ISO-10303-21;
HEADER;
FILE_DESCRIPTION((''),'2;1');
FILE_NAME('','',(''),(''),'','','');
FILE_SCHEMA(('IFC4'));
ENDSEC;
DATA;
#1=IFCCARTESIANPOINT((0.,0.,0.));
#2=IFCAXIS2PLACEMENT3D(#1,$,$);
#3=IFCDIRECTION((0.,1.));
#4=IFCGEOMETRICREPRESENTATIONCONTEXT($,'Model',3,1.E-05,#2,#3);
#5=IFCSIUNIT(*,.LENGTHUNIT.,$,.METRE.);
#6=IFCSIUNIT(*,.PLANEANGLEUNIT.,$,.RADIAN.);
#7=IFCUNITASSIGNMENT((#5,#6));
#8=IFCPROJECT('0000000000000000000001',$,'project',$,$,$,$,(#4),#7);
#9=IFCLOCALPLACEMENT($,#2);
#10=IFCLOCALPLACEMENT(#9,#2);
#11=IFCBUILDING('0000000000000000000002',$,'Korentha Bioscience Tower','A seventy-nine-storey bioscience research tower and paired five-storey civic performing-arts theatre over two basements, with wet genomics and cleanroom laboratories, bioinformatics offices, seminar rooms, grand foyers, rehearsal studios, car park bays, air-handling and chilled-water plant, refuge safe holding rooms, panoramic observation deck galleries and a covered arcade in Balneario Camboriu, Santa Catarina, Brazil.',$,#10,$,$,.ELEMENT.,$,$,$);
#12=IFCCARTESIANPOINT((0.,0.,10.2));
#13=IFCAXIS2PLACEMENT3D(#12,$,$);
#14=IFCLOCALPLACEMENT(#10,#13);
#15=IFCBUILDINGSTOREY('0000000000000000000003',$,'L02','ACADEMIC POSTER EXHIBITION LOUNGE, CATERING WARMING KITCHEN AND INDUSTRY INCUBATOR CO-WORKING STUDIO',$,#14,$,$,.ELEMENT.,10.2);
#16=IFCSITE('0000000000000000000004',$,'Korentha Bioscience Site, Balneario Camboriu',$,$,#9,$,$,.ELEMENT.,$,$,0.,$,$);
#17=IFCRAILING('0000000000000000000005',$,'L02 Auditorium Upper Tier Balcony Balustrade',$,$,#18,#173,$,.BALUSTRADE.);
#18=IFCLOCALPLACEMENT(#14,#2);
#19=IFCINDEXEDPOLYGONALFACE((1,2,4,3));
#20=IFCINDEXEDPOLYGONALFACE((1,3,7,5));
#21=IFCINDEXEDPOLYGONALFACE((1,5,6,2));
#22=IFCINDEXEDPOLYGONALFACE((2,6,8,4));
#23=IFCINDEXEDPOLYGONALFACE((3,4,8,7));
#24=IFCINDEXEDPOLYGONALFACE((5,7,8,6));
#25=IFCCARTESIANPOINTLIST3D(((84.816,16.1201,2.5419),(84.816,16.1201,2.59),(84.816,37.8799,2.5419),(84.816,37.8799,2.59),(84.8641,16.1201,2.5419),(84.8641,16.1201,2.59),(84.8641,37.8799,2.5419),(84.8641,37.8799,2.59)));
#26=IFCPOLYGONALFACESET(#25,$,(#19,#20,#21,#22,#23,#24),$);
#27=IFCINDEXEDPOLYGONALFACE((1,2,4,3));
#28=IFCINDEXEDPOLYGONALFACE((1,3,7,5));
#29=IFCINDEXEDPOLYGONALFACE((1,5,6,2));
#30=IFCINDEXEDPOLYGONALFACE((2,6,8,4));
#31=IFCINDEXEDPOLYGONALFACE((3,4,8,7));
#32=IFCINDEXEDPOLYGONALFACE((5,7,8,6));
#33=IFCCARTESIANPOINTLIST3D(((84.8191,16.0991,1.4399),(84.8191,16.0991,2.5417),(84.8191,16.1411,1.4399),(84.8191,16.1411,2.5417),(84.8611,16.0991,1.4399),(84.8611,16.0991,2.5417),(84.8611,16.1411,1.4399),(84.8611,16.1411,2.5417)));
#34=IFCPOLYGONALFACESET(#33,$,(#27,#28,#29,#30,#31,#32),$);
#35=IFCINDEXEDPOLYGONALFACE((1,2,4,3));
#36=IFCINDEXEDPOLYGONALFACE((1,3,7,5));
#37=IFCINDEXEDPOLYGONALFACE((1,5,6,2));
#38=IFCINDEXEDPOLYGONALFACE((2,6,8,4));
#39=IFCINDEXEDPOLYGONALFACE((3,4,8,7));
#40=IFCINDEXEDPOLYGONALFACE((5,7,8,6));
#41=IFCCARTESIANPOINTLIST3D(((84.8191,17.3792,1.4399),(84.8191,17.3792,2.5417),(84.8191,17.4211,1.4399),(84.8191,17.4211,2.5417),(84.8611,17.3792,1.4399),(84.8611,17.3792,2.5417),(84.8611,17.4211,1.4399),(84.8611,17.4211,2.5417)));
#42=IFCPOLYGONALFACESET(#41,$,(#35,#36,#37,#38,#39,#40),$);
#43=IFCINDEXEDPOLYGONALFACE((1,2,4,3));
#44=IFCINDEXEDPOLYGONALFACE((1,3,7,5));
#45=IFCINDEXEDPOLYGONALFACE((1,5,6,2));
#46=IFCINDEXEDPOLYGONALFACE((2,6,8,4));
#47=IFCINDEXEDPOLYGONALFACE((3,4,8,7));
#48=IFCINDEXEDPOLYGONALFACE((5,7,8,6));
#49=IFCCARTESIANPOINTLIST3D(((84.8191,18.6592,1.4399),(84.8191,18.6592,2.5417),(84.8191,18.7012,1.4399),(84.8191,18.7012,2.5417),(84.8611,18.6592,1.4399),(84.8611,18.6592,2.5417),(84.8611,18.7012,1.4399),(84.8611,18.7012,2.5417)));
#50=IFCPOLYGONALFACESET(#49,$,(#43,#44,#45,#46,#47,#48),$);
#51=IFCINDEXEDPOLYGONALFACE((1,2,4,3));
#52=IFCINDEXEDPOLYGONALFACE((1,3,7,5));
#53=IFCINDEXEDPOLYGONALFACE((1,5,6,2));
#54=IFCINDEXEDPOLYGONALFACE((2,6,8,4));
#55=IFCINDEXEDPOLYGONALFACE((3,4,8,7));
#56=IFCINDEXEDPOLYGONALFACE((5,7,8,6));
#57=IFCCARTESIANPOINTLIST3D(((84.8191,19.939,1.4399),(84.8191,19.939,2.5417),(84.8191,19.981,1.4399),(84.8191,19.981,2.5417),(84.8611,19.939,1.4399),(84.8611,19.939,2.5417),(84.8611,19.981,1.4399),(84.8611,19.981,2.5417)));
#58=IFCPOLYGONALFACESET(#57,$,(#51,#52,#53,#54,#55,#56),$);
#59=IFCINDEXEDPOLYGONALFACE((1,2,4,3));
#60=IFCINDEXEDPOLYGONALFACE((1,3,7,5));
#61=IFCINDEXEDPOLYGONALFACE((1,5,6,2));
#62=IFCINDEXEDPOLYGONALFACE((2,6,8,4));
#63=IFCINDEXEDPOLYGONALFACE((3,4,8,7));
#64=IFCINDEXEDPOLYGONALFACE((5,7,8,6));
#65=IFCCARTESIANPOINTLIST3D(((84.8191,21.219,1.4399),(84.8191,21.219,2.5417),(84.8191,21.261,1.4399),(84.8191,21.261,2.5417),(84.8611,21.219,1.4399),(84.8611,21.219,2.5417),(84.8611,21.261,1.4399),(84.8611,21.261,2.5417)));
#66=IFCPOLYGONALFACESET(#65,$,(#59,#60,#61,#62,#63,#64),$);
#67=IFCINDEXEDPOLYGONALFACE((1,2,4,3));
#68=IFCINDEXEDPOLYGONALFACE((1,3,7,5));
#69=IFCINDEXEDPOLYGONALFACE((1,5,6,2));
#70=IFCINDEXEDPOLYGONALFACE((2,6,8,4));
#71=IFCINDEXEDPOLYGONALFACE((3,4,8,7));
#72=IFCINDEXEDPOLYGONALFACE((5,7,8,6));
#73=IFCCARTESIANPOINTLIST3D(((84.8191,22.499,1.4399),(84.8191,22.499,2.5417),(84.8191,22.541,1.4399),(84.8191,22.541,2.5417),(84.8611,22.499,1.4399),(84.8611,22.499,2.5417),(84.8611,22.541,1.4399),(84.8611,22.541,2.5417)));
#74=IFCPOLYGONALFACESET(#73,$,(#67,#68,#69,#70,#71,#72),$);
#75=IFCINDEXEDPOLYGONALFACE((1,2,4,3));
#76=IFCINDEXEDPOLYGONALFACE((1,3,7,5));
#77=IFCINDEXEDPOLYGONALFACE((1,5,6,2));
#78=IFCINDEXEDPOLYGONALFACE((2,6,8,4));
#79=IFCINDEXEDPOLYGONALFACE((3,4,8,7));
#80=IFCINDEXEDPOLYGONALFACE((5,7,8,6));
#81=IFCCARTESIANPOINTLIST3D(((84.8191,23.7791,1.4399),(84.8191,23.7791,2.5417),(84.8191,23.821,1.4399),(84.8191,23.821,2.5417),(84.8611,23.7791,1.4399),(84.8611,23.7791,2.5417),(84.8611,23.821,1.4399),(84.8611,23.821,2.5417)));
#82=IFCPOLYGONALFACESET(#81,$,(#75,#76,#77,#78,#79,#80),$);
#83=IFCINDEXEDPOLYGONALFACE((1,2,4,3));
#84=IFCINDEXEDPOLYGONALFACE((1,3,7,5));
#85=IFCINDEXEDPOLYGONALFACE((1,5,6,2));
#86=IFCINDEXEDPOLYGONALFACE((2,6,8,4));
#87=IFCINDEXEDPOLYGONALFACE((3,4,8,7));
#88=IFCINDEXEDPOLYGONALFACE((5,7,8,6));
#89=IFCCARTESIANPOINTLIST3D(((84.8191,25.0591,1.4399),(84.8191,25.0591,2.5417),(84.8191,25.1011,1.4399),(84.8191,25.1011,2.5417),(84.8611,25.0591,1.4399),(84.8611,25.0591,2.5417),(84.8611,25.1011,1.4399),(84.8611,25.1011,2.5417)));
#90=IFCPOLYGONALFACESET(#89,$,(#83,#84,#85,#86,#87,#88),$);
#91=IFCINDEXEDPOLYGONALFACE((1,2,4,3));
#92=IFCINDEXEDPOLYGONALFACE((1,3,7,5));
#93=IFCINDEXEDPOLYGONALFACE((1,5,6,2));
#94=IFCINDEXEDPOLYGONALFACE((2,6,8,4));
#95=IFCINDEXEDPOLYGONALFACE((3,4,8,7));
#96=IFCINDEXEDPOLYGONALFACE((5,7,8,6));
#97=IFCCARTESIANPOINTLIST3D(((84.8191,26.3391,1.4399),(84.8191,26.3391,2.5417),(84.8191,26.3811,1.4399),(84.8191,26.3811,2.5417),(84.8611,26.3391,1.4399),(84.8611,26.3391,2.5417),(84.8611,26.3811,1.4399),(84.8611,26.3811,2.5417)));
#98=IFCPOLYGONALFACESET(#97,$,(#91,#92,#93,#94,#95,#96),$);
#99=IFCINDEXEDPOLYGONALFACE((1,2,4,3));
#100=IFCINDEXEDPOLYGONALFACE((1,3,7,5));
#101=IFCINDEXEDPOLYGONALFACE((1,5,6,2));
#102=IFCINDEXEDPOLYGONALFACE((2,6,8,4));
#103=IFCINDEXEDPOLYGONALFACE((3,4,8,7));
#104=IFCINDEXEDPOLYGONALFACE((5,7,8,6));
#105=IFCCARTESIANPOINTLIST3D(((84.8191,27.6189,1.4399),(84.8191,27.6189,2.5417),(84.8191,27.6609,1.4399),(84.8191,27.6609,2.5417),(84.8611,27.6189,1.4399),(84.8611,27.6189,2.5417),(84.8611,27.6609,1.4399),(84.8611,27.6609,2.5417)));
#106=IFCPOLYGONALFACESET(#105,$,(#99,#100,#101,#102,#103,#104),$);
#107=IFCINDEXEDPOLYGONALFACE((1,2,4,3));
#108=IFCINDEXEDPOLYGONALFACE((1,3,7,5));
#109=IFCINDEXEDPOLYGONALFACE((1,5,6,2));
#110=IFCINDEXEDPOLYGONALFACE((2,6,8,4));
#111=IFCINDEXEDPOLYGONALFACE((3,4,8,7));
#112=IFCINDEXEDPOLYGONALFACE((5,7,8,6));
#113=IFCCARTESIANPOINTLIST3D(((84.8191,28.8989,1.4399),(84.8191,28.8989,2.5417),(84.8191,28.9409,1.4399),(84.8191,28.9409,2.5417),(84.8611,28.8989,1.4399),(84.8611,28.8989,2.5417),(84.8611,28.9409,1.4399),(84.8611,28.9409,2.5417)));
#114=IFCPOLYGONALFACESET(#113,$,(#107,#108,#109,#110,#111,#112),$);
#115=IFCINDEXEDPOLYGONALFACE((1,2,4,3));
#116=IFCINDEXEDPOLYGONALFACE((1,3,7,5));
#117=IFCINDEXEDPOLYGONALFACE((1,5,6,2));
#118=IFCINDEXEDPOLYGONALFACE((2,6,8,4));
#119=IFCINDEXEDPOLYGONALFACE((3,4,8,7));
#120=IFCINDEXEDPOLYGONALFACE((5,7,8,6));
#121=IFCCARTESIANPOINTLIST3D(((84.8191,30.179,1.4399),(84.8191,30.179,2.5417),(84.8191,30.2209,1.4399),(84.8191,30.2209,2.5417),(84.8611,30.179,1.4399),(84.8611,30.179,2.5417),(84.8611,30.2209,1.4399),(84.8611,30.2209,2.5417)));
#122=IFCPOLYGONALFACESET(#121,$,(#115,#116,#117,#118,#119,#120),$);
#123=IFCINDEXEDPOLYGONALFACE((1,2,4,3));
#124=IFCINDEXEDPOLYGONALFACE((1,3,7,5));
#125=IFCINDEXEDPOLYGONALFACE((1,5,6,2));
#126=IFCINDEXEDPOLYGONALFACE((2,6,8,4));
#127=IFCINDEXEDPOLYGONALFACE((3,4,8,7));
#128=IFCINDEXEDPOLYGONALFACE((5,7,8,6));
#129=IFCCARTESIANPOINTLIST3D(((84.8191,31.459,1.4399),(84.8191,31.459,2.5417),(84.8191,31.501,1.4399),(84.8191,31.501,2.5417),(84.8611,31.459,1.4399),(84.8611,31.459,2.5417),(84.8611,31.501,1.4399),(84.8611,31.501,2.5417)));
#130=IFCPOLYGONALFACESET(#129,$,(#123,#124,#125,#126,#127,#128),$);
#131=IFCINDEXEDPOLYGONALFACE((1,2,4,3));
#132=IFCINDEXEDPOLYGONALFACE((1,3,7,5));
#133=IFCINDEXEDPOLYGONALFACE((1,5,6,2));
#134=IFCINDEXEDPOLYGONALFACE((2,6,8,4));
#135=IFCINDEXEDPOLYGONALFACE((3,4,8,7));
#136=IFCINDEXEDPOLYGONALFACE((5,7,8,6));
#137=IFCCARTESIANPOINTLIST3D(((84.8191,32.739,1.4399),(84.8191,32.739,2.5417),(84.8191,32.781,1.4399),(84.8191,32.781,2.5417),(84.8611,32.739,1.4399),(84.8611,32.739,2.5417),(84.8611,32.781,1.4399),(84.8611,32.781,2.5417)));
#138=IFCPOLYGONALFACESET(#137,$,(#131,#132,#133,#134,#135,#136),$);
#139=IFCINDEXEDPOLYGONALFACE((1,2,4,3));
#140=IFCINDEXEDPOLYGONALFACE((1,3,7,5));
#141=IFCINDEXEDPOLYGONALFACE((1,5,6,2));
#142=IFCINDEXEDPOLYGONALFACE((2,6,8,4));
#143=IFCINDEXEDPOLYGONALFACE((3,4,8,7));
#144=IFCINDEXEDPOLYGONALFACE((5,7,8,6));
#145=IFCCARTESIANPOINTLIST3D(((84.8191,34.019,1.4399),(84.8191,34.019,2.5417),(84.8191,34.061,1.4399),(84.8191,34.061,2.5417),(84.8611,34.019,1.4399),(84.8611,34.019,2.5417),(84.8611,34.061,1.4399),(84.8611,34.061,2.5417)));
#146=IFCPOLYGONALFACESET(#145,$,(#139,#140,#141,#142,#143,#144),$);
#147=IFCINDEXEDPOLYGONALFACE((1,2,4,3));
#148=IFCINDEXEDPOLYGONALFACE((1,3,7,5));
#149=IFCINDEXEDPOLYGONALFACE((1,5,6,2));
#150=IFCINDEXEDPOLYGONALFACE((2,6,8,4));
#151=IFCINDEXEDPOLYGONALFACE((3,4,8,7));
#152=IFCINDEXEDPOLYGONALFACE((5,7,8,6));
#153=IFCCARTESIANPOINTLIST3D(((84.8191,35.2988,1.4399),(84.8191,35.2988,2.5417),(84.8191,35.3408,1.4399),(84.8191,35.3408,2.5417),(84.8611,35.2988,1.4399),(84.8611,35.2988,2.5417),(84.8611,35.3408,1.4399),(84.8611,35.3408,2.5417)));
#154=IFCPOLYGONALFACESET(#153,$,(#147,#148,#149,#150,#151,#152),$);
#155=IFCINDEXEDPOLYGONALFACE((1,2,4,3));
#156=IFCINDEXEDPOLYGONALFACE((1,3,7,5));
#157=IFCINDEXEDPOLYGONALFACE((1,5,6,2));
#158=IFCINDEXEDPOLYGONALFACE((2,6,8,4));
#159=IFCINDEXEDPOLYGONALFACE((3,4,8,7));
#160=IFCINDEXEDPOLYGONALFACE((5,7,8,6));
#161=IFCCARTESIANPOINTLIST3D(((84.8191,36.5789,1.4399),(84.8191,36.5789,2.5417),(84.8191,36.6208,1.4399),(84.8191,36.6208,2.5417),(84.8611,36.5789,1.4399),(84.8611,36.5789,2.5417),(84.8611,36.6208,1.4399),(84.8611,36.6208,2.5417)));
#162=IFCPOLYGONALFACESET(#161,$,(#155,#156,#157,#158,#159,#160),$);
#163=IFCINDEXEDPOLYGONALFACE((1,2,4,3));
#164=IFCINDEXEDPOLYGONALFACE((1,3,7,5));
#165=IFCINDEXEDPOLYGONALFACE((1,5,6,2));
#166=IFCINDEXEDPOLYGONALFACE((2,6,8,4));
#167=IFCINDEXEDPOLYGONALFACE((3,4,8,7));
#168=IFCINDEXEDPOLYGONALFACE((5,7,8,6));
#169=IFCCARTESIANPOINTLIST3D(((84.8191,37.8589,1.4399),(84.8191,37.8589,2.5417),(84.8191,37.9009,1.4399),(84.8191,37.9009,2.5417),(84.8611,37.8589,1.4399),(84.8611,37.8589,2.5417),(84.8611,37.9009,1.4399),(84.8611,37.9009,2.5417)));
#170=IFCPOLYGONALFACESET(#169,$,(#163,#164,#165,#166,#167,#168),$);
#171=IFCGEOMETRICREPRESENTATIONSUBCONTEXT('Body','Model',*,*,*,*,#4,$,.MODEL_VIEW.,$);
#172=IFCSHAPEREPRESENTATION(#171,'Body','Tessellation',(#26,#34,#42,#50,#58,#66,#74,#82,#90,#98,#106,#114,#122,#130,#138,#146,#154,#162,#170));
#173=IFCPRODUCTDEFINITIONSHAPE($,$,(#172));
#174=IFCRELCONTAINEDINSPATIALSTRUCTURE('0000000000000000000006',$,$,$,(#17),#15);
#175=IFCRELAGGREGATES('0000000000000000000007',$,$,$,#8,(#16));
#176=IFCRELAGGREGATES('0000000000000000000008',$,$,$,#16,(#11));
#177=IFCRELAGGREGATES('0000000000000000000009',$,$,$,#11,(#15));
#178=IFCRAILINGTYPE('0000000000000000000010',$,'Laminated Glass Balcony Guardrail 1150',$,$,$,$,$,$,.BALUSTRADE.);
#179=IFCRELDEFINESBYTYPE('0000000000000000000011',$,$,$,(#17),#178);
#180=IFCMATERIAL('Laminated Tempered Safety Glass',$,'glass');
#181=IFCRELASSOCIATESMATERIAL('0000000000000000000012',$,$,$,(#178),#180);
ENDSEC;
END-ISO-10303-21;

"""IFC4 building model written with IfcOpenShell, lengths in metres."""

from ifc_helpers import new_model, si_unit, direction, frame, origin, origin_2d, place, context, subcontext, project, spatial, rectangle, extrude, material, type_object, element, save


model = new_model("IFC4")

# Units and contexts
model_context = context("Model", 3, precision=1e-05, world=origin(), true_north=direction((0.0, 1.0)))
body_context = subcontext(model_context, "Body", "Model", "MODEL_VIEW")
ifc_project = project(units=[si_unit("LENGTHUNIT", "METRE"), si_unit("PLANEANGLEUNIT", "RADIAN")], contexts=[model_context])

# Site, building, storey
site_placement = place(None, origin())
site = spatial("IfcSite", under=ifc_project, at=site_placement, Name="Korentha Bioscience Site, Balneario Camboriu", CompositionType="ELEMENT", RefElevation=0.0)
building_placement = place(site_placement, origin())
building = spatial("IfcBuilding", under=site, at=building_placement, Name="Korentha Bioscience Tower", Description="A seventy-nine-storey bioscience research tower and paired five-storey civic performing-arts theatre over two basements, with wet genomics and cleanroom laboratories, bioinformatics offices, seminar rooms, grand foyers, rehearsal studios, car park bays, air-handling and chilled-water plant, refuge safe holding rooms, panoramic observation deck galleries and a covered arcade in Balneario Camboriu, Santa Catarina, Brazil.", CompositionType="ELEMENT")
storey_placement = place(building_placement, frame((0.0, 0.0, 10.2)))
storey = spatial("IfcBuildingStorey", under=building, at=storey_placement, Name="L02", Description="ACADEMIC POSTER EXHIBITION LOUNGE, CATERING WARMING KITCHEN AND INDUSTRY INCUBATOR CO-WORKING STUDIO", CompositionType="ELEMENT", Elevation=10.2)

# Railing
ifc_material_1 = material(Name="Laminated Tempered Safety Glass", Category="glass")
railing_type = type_object("IfcRailingType", Name="Laminated Glass Balcony Guardrail 1150", PredefinedType="BALUSTRADE", material=ifc_material_1)
railing_placement = place(storey_placement, frame((84.8401, 16.1201, 1.4399)))
element("IfcRailing", 1, at=railing_placement, inside=storey, type_object=railing_type, Name="L02 Auditorium Upper Tier Balcony Balustrade", PredefinedType="BALUSTRADE", context=body_context, shape_type="SweptSolid", body=[
    extrude(rectangle(XDim=0.0481, YDim=0.0481, at=origin_2d()), frame((0.0, 0.0, 1.126), z_axis=(0.0, 1.0, 0.0), x_axis=(-1.0, 0.0, 0.0)), (0.0, 0.0, 1.0), 21.7598),
    extrude(rectangle(XDim=0.042, YDim=0.042, at=origin_2d()), origin(), (0.0, 0.0, 1.0), 1.1018),
    extrude(rectangle(XDim=0.042, YDim=0.042, at=origin_2d()), frame((0.0, 1.28, 0.0)), (0.0, 0.0, 1.0), 1.1018),
    extrude(rectangle(XDim=0.042, YDim=0.042, at=origin_2d()), frame((0.0, 2.5601, 0.0)), (0.0, 0.0, 1.0), 1.1018),
    extrude(rectangle(XDim=0.042, YDim=0.042, at=origin_2d()), frame((0.0, 3.8398, 0.0)), (0.0, 0.0, 1.0), 1.1018),
    extrude(rectangle(XDim=0.042, YDim=0.042, at=origin_2d()), frame((0.0, 5.1199, 0.0)), (0.0, 0.0, 1.0), 1.1018),
    extrude(rectangle(XDim=0.042, YDim=0.042, at=origin_2d()), frame((0.0, 6.3999, 0.0)), (0.0, 0.0, 1.0), 1.1018),
    extrude(rectangle(XDim=0.042, YDim=0.042, at=origin_2d()), frame((0.0, 7.6799, 0.0)), (0.0, 0.0, 1.0), 1.1018),
    extrude(rectangle(XDim=0.042, YDim=0.042, at=origin_2d()), frame((0.0, 8.96, 0.0)), (0.0, 0.0, 1.0), 1.1018),
    extrude(rectangle(XDim=0.042, YDim=0.042, at=origin_2d()), frame((0.0, 10.24, 0.0)), (0.0, 0.0, 1.0), 1.1018),
    extrude(rectangle(XDim=0.042, YDim=0.042, at=origin_2d()), frame((0.0, 11.5198, 0.0)), (0.0, 0.0, 1.0), 1.1018),
    extrude(rectangle(XDim=0.042, YDim=0.042, at=origin_2d()), frame((0.0, 12.7998, 0.0)), (0.0, 0.0, 1.0), 1.1018),
    extrude(rectangle(XDim=0.042, YDim=0.042, at=origin_2d()), frame((0.0, 14.0798, 0.0)), (0.0, 0.0, 1.0), 1.1018),
    extrude(rectangle(XDim=0.042, YDim=0.042, at=origin_2d()), frame((0.0, 15.3599, 0.0)), (0.0, 0.0, 1.0), 1.1018),
    extrude(rectangle(XDim=0.042, YDim=0.042, at=origin_2d()), frame((0.0, 16.6399, 0.0)), (0.0, 0.0, 1.0), 1.1018),
    extrude(rectangle(XDim=0.042, YDim=0.042, at=origin_2d()), frame((0.0, 17.9199, 0.0)), (0.0, 0.0, 1.0), 1.1018),
    extrude(rectangle(XDim=0.042, YDim=0.042, at=origin_2d()), frame((0.0, 19.1997, 0.0)), (0.0, 0.0, 1.0), 1.1018),
    extrude(rectangle(XDim=0.042, YDim=0.042, at=origin_2d()), frame((0.0, 20.4797, 0.0)), (0.0, 0.0, 1.0), 1.1018),
    extrude(rectangle(XDim=0.042, YDim=0.042, at=origin_2d()), frame((0.0, 21.7598, 0.0)), (0.0, 0.0, 1.0), 1.1018),
])

save(model, "model.ifc")
